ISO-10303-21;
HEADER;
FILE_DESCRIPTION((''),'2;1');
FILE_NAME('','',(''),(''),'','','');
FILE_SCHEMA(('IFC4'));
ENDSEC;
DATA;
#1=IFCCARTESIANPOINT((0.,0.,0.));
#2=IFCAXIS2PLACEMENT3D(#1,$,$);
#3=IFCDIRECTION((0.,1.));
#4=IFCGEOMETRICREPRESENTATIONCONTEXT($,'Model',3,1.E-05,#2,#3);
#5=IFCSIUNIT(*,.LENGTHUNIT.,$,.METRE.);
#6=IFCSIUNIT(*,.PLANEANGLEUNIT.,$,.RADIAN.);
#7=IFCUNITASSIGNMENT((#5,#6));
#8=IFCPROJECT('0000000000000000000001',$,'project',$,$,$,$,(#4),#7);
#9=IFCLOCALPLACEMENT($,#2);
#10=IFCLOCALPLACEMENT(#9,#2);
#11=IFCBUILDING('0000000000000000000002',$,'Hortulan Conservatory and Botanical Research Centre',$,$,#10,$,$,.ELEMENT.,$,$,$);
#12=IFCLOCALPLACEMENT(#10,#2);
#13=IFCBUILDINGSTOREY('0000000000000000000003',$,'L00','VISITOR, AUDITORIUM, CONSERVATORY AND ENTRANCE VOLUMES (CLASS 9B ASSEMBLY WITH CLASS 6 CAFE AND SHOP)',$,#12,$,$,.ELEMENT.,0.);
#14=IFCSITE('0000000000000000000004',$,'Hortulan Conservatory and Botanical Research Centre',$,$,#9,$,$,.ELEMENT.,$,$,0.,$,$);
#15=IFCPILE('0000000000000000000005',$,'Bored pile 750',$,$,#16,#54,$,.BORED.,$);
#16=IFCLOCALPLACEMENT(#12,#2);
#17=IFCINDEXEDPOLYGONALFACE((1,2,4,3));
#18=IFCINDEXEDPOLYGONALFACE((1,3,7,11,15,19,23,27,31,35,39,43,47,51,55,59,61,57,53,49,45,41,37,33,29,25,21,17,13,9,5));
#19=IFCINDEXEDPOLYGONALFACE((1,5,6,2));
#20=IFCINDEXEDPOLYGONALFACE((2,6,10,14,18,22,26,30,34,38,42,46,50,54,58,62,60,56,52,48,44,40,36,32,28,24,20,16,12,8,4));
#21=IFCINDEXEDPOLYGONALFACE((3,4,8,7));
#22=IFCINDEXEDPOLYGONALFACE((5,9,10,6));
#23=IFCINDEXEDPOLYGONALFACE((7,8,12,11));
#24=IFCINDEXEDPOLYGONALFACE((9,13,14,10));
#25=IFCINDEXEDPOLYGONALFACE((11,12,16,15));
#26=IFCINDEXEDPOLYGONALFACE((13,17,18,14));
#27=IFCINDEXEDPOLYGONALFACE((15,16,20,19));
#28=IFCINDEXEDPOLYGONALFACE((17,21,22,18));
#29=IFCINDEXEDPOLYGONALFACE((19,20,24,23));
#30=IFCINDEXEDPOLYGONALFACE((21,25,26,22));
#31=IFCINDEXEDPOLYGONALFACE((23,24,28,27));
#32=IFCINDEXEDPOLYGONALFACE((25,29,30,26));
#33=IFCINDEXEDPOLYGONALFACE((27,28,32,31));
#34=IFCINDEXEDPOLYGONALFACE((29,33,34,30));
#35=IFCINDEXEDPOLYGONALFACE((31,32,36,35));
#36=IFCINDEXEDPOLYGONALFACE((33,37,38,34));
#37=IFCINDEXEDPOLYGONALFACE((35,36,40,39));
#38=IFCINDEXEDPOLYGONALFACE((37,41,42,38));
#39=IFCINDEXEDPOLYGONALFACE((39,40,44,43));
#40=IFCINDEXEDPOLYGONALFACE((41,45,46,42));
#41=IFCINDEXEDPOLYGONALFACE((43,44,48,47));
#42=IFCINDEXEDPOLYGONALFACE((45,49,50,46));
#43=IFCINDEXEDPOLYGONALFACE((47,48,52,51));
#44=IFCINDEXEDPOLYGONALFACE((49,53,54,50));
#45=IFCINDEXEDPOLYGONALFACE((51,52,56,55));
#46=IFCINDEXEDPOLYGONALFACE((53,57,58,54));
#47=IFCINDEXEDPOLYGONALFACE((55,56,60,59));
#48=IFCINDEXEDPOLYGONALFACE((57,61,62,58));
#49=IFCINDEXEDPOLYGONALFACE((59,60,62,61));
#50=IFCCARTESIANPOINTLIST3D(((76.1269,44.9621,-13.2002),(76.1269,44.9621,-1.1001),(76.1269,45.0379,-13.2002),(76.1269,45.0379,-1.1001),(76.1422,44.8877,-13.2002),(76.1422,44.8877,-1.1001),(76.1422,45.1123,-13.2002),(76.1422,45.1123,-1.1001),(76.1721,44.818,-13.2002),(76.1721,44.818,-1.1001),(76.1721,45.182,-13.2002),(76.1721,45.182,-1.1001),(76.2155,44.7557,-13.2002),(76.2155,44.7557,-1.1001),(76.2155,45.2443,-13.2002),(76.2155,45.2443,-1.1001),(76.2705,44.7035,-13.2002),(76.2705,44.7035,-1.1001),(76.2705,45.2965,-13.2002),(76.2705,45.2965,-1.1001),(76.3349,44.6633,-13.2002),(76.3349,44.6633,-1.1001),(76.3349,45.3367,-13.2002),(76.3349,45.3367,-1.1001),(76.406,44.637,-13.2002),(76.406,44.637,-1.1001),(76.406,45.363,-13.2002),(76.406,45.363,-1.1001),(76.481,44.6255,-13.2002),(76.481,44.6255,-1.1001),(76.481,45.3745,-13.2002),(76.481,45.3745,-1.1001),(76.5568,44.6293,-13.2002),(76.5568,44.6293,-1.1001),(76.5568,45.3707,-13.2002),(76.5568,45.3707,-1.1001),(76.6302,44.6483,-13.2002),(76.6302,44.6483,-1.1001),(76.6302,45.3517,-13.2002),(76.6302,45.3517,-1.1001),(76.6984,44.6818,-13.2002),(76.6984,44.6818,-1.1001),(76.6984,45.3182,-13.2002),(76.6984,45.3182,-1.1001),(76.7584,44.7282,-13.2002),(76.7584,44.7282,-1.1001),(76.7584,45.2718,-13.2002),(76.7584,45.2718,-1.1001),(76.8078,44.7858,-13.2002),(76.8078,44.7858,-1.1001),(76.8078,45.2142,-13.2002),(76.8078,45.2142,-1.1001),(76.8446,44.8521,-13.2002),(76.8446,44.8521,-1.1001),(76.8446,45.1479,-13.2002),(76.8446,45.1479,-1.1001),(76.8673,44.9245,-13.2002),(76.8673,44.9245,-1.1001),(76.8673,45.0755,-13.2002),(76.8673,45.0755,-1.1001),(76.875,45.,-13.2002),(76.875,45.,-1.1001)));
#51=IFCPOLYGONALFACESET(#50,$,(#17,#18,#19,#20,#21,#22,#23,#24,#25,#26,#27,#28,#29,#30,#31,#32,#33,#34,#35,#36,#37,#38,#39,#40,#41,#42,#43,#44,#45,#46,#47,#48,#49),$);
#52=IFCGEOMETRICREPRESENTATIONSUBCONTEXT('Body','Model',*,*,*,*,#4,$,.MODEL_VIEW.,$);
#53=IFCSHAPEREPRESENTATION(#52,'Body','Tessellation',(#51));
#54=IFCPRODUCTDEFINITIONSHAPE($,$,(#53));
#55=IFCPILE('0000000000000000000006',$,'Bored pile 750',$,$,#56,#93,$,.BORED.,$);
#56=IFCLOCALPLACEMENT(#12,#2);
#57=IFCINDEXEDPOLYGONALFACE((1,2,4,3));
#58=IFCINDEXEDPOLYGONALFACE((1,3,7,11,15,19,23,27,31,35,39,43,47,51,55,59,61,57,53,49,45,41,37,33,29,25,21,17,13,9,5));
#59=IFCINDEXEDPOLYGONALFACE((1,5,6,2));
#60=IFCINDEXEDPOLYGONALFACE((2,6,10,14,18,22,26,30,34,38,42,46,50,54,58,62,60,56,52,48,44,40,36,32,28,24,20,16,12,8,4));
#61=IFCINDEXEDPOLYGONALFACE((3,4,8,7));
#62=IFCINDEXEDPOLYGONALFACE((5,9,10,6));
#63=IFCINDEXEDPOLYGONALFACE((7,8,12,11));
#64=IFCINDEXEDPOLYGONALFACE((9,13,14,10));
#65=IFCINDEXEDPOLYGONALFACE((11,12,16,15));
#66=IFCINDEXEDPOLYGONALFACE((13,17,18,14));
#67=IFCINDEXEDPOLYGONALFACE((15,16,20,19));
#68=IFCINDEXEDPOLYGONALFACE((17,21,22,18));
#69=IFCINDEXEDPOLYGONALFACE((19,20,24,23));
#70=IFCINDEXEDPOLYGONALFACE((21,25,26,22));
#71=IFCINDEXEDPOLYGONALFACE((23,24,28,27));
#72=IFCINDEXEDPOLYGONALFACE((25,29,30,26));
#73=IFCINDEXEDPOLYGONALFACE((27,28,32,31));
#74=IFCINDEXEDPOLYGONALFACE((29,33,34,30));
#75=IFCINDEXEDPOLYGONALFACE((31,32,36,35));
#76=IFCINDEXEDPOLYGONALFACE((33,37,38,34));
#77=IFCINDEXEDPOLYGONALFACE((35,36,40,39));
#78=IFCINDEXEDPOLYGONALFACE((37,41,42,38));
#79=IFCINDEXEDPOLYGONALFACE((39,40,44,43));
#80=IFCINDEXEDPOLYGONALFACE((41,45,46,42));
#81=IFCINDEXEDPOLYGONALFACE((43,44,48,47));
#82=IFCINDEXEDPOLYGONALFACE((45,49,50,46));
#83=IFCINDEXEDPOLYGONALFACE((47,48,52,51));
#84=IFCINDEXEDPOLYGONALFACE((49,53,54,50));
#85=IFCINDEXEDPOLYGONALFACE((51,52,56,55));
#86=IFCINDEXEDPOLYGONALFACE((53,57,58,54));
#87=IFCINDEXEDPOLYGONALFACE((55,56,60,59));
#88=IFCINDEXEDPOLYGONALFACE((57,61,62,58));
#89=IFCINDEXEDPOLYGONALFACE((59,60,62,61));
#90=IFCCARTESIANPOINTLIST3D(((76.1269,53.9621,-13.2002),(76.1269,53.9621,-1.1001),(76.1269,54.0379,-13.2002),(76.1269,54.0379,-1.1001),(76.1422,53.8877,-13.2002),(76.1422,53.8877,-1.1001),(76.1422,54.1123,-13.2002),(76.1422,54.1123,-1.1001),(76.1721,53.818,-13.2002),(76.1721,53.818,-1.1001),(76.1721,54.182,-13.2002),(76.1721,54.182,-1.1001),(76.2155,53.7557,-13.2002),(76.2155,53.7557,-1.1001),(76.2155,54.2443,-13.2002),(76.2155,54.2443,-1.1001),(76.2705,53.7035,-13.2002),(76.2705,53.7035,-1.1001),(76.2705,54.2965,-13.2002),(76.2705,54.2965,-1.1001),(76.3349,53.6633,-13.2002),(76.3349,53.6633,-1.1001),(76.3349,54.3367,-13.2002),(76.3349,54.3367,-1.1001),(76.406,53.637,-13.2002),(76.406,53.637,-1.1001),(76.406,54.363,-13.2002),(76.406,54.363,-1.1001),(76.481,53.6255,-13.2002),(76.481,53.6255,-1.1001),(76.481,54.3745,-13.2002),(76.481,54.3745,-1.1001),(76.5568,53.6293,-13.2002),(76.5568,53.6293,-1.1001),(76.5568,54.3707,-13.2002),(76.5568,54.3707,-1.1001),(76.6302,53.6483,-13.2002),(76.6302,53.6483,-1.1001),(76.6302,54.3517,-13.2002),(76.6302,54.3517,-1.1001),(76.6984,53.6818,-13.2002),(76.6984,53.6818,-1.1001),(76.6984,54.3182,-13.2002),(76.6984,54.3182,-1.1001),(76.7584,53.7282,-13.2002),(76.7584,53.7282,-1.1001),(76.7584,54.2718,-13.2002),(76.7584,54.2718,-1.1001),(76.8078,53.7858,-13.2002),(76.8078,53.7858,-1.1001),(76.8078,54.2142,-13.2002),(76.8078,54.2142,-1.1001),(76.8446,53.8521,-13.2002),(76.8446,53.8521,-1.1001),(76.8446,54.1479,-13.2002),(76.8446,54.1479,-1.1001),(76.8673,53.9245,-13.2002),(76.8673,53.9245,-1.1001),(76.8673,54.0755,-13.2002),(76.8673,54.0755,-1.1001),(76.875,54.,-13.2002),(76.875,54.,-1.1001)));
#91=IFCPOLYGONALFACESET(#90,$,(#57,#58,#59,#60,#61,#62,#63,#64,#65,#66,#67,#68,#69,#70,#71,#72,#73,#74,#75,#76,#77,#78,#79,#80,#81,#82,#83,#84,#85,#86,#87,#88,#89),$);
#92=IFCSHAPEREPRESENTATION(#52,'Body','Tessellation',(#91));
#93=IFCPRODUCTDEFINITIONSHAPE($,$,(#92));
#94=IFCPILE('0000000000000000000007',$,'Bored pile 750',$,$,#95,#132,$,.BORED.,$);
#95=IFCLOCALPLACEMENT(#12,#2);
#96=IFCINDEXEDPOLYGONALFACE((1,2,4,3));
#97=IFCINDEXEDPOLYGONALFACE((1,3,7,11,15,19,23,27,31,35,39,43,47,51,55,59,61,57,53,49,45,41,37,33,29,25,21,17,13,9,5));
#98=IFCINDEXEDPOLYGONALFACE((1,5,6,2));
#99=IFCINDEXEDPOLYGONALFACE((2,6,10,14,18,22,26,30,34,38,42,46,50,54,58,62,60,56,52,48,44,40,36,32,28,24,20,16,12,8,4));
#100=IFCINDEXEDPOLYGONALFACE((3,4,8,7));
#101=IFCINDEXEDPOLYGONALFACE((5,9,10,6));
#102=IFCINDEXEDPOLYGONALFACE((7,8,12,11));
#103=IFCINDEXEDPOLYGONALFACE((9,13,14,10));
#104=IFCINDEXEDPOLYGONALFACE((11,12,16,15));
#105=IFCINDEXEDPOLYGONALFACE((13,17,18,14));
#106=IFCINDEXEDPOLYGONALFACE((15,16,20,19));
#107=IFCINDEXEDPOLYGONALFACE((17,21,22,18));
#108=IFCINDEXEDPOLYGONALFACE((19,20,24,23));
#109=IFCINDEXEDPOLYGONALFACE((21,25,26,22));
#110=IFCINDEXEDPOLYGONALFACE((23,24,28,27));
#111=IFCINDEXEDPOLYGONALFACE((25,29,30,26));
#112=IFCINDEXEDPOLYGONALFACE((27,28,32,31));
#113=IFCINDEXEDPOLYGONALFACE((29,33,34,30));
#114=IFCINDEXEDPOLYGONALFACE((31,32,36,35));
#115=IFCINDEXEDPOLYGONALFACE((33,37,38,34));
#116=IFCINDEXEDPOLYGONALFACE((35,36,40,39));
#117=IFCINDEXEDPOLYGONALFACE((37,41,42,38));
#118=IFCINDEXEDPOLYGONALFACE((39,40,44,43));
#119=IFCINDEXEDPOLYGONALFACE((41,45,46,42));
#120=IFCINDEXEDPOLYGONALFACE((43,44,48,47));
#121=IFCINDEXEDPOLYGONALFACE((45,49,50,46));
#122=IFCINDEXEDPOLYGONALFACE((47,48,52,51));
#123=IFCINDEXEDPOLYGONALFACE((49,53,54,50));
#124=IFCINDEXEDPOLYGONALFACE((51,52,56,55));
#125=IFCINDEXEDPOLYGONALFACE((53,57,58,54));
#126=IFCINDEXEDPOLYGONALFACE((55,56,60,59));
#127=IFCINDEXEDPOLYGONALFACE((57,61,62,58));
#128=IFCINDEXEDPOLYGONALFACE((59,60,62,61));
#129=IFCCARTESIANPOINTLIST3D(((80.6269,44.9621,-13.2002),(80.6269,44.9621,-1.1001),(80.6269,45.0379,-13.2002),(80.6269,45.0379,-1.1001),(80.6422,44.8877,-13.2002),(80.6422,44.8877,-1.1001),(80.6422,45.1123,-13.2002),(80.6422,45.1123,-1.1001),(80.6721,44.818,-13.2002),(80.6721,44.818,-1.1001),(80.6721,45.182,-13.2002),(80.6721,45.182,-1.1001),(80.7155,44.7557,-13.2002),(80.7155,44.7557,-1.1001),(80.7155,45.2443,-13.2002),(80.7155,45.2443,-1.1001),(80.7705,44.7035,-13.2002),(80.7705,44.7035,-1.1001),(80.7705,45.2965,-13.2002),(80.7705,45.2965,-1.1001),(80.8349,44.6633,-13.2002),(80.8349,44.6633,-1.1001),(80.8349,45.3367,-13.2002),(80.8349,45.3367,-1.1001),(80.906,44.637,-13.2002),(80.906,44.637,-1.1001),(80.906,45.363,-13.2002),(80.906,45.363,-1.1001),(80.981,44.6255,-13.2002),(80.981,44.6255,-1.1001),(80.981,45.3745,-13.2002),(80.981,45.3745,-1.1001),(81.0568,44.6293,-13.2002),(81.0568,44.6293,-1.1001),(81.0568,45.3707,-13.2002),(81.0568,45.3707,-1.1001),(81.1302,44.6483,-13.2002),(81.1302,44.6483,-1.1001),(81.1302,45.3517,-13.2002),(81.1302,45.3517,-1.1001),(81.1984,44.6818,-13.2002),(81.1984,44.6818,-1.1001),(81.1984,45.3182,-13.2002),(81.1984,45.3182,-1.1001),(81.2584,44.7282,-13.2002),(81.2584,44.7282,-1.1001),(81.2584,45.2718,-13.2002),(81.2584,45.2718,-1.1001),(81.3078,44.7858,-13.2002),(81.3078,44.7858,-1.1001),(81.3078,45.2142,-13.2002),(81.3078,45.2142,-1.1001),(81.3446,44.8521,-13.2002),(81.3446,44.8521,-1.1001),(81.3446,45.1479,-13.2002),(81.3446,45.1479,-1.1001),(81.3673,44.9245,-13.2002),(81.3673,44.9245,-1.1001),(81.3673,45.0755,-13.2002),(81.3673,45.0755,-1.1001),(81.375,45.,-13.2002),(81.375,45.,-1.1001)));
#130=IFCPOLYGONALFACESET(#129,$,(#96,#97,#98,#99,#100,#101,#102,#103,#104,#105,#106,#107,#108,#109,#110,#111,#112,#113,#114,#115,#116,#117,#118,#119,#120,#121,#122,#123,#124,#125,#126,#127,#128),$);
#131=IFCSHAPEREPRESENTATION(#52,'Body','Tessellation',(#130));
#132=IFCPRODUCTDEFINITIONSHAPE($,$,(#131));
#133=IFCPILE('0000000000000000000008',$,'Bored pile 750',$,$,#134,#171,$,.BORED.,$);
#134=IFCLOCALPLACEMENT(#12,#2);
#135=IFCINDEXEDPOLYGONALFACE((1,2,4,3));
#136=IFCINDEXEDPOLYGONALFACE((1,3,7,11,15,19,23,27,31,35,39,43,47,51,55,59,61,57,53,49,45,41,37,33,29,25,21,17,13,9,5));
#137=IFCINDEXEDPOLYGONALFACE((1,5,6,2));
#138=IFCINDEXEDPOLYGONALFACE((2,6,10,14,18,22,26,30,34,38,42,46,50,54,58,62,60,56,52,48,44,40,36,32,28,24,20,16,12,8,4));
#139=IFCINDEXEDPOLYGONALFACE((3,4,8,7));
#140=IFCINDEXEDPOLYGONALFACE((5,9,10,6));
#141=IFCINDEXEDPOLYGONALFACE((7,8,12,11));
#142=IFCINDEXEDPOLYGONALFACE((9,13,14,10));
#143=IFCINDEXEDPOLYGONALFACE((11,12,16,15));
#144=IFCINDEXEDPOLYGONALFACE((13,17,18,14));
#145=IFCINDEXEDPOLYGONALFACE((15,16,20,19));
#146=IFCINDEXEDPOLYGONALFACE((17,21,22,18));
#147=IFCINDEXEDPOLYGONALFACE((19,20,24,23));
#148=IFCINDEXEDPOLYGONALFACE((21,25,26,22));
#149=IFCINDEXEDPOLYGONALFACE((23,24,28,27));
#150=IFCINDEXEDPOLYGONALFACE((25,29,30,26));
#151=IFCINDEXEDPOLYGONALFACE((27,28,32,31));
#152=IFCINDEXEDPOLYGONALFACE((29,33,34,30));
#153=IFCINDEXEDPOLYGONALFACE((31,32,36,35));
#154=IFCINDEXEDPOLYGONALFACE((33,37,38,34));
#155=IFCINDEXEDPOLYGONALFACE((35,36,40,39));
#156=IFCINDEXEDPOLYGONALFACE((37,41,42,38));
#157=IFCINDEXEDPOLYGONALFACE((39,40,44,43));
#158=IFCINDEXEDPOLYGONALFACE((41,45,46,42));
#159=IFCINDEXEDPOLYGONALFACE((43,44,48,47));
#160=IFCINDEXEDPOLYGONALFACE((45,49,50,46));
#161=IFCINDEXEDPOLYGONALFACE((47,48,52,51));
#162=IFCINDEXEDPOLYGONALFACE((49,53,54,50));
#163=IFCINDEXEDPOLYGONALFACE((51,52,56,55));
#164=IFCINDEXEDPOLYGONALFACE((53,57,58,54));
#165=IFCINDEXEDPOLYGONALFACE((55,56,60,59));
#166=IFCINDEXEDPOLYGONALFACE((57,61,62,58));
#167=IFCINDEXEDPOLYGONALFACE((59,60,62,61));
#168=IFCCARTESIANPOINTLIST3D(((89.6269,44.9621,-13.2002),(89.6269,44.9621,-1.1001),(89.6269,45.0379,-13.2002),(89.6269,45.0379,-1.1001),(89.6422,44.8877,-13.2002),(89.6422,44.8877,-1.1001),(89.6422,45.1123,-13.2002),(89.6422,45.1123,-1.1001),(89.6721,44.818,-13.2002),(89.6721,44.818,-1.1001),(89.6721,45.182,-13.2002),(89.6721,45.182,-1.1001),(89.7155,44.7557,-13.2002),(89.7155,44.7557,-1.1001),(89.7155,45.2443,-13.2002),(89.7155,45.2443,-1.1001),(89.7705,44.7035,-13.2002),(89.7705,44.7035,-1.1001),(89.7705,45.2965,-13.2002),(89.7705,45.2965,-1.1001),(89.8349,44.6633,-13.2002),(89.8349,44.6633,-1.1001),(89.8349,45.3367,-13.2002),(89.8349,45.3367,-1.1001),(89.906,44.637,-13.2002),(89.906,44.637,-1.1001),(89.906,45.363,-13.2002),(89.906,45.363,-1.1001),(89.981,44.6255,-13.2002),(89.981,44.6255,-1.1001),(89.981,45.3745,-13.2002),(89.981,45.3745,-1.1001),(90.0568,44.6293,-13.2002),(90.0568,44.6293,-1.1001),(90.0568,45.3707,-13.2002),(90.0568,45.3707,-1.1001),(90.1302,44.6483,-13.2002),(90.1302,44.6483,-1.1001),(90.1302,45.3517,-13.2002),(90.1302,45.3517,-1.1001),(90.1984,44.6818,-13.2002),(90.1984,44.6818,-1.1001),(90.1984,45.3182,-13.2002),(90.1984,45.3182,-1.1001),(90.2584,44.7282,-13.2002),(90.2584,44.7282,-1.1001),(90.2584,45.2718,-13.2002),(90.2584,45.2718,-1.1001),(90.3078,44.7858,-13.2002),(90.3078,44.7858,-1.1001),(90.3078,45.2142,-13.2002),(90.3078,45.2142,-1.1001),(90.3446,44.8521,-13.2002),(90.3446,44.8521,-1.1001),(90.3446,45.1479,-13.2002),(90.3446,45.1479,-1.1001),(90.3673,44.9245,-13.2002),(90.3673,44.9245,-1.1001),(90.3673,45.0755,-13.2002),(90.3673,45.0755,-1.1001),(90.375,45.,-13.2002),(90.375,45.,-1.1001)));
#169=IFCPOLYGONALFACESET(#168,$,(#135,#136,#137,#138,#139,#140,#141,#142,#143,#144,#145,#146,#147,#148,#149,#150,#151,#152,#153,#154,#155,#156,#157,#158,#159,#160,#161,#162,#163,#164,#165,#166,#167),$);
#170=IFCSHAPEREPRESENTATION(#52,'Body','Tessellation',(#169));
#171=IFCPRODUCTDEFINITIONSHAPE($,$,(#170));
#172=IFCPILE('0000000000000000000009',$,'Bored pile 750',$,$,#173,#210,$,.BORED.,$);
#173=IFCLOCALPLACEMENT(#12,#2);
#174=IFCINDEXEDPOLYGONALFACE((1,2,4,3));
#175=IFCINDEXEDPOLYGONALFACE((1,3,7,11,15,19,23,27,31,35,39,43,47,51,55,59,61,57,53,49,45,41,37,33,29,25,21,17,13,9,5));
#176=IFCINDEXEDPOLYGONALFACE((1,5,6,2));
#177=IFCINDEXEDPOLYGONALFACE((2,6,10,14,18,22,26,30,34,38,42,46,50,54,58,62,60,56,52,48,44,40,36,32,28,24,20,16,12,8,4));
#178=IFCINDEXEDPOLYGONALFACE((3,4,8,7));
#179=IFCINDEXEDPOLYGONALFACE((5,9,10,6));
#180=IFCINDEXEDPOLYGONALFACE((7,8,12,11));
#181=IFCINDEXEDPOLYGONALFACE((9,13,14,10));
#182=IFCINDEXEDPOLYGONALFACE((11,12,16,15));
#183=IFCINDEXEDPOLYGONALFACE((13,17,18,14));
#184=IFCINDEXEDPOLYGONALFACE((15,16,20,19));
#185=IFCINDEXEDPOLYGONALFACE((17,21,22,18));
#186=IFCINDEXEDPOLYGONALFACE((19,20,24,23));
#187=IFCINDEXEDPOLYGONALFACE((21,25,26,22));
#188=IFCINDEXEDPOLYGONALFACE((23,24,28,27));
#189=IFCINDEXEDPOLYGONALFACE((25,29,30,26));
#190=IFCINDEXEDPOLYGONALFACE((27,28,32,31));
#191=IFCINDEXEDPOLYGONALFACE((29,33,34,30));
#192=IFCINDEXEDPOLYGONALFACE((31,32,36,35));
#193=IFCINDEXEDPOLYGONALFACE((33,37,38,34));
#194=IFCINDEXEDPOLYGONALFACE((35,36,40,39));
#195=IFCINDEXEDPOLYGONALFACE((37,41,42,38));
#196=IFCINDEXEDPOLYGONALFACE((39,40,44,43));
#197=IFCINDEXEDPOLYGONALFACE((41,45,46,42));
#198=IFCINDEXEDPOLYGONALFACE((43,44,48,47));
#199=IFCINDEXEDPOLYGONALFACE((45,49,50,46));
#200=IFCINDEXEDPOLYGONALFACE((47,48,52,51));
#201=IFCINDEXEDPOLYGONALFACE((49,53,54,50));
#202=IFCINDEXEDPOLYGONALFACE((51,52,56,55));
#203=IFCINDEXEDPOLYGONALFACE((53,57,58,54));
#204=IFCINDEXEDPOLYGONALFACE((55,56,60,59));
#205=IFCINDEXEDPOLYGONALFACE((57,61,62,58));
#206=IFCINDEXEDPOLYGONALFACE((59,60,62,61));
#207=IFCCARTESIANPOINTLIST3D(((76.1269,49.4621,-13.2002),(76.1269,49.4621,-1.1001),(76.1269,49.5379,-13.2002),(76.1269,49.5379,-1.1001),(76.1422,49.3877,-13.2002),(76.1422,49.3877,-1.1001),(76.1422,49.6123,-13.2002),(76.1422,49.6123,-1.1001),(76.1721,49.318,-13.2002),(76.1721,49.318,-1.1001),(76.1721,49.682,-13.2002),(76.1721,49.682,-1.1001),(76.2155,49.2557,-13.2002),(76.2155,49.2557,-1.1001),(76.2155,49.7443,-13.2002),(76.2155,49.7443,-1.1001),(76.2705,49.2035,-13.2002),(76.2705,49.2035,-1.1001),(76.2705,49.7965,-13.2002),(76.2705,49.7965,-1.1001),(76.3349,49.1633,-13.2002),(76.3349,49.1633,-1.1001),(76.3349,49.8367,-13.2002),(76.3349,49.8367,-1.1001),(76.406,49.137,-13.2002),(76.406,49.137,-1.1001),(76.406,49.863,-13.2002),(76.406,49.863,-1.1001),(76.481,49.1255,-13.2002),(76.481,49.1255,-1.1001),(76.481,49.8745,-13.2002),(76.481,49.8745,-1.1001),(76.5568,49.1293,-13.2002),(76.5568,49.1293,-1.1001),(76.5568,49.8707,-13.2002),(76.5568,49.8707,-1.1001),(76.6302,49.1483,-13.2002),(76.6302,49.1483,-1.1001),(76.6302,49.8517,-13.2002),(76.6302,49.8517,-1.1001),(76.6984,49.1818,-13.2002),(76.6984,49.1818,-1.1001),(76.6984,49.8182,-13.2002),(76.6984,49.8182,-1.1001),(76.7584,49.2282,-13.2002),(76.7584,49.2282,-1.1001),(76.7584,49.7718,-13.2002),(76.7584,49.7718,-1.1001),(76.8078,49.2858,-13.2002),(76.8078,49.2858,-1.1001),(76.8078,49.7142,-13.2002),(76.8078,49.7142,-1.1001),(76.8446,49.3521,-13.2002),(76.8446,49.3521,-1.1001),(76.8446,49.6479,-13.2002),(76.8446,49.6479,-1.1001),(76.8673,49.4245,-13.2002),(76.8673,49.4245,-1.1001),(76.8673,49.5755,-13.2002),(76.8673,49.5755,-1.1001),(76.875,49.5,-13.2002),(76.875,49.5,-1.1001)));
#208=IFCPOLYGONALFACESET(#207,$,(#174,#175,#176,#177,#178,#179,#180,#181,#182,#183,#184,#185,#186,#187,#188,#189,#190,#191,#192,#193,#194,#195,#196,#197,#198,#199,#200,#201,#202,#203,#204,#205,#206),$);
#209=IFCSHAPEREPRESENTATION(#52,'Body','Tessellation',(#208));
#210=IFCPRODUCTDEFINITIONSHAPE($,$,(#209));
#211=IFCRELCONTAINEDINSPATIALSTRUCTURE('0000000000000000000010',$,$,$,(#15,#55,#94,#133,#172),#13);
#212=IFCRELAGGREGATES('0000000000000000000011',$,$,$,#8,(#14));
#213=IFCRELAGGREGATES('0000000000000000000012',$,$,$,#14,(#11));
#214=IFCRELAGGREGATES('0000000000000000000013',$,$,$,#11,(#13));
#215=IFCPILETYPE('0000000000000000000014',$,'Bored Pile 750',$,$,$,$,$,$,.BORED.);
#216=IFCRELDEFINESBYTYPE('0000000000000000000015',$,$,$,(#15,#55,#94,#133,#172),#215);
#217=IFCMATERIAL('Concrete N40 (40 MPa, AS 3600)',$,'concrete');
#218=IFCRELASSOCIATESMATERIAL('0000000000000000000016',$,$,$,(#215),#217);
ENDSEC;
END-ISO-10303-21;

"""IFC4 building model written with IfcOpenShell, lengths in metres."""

from ifc_helpers import new_model, si_unit, direction, frame, origin, origin_2d, place, context, subcontext, project, spatial, circle, extrude, material, material_profile, profile_set, type_object, element, save


model = new_model("IFC4")

# Units and contexts
model_context = context("Model", 3, precision=1e-05, world=origin(), true_north=direction((0.0, 1.0)))
body_context = subcontext(model_context, "Body", "Model", "MODEL_VIEW")
ifc_project = project(units=[si_unit("LENGTHUNIT", "METRE"), si_unit("PLANEANGLEUNIT", "RADIAN")], contexts=[model_context])

# Site, building, storey
site_placement = place(None, origin())
site = spatial("IfcSite", under=ifc_project, at=site_placement, Name="Hortulan Conservatory and Botanical Research Centre", CompositionType="ELEMENT", RefElevation=0.0)
building_placement = place(site_placement, origin())
building = spatial("IfcBuilding", under=site, at=building_placement, Name="Hortulan Conservatory and Botanical Research Centre", CompositionType="ELEMENT")
storey_placement = place(building_placement, origin())
storey = spatial("IfcBuildingStorey", under=building, at=storey_placement, Name="L00", Description="VISITOR, AUDITORIUM, CONSERVATORY AND ENTRANCE VOLUMES (CLASS 9B ASSEMBLY WITH CLASS 6 CAFE AND SHOP)", CompositionType="ELEMENT", Elevation=0.0)

# Piles
ifc_material_1 = material(Name="Concrete N40 (40 MPa, AS 3600)", Category="concrete")
ifc_material_profile_1 = material_profile(ifc_material_1, circle(Radius=0.375, at=origin_2d()), Name="Bored pile 750 diameter")
ifc_profile_set_1 = profile_set([ifc_material_profile_1], Name="Concrete N40 (40 MPa, AS 3600)")
pile_type = type_object("IfcPileType", Name="Bored Pile 750", PredefinedType="BORED", material=ifc_profile_set_1)
for number, where, z_axis, x_axis, name in (
    (1, (76.5, 45.0, -1.1001), (0.0, 0.0, -1.0), (1.0, 0.0, 0.0), "Bored pile 750"),
    (2, (76.5, 54.0, -1.1001), (0.0, 0.0, -1.0), (1.0, 0.0, 0.0), "Bored pile 750"),
    (3, (81.0, 45.0, -1.1001), (0.0, 0.0, -1.0), (1.0, 0.0, 0.0), "Bored pile 750"),
    (4, (90.0, 45.0, -1.1001), (0.0, 0.0, -1.0), (1.0, 0.0, 0.0), "Bored pile 750"),
    (5, (76.5, 49.5, -1.1001), (0.0, 0.0, -1.0), (1.0, 0.0, 0.0), "Bored pile 750"),
):
    element("IfcPile", number, at=place(storey_placement, frame(where, z_axis=z_axis, x_axis=x_axis)), inside=storey, type_object=pile_type, Name=name, PredefinedType="BORED", context=body_context, shape_type="SweptSolid", body=[
        extrude(circle(Radius=0.375, at=origin_2d()), origin(), (0.0, 0.0, 1.0), 12.1001),
    ])

save(model, "model.ifc")
